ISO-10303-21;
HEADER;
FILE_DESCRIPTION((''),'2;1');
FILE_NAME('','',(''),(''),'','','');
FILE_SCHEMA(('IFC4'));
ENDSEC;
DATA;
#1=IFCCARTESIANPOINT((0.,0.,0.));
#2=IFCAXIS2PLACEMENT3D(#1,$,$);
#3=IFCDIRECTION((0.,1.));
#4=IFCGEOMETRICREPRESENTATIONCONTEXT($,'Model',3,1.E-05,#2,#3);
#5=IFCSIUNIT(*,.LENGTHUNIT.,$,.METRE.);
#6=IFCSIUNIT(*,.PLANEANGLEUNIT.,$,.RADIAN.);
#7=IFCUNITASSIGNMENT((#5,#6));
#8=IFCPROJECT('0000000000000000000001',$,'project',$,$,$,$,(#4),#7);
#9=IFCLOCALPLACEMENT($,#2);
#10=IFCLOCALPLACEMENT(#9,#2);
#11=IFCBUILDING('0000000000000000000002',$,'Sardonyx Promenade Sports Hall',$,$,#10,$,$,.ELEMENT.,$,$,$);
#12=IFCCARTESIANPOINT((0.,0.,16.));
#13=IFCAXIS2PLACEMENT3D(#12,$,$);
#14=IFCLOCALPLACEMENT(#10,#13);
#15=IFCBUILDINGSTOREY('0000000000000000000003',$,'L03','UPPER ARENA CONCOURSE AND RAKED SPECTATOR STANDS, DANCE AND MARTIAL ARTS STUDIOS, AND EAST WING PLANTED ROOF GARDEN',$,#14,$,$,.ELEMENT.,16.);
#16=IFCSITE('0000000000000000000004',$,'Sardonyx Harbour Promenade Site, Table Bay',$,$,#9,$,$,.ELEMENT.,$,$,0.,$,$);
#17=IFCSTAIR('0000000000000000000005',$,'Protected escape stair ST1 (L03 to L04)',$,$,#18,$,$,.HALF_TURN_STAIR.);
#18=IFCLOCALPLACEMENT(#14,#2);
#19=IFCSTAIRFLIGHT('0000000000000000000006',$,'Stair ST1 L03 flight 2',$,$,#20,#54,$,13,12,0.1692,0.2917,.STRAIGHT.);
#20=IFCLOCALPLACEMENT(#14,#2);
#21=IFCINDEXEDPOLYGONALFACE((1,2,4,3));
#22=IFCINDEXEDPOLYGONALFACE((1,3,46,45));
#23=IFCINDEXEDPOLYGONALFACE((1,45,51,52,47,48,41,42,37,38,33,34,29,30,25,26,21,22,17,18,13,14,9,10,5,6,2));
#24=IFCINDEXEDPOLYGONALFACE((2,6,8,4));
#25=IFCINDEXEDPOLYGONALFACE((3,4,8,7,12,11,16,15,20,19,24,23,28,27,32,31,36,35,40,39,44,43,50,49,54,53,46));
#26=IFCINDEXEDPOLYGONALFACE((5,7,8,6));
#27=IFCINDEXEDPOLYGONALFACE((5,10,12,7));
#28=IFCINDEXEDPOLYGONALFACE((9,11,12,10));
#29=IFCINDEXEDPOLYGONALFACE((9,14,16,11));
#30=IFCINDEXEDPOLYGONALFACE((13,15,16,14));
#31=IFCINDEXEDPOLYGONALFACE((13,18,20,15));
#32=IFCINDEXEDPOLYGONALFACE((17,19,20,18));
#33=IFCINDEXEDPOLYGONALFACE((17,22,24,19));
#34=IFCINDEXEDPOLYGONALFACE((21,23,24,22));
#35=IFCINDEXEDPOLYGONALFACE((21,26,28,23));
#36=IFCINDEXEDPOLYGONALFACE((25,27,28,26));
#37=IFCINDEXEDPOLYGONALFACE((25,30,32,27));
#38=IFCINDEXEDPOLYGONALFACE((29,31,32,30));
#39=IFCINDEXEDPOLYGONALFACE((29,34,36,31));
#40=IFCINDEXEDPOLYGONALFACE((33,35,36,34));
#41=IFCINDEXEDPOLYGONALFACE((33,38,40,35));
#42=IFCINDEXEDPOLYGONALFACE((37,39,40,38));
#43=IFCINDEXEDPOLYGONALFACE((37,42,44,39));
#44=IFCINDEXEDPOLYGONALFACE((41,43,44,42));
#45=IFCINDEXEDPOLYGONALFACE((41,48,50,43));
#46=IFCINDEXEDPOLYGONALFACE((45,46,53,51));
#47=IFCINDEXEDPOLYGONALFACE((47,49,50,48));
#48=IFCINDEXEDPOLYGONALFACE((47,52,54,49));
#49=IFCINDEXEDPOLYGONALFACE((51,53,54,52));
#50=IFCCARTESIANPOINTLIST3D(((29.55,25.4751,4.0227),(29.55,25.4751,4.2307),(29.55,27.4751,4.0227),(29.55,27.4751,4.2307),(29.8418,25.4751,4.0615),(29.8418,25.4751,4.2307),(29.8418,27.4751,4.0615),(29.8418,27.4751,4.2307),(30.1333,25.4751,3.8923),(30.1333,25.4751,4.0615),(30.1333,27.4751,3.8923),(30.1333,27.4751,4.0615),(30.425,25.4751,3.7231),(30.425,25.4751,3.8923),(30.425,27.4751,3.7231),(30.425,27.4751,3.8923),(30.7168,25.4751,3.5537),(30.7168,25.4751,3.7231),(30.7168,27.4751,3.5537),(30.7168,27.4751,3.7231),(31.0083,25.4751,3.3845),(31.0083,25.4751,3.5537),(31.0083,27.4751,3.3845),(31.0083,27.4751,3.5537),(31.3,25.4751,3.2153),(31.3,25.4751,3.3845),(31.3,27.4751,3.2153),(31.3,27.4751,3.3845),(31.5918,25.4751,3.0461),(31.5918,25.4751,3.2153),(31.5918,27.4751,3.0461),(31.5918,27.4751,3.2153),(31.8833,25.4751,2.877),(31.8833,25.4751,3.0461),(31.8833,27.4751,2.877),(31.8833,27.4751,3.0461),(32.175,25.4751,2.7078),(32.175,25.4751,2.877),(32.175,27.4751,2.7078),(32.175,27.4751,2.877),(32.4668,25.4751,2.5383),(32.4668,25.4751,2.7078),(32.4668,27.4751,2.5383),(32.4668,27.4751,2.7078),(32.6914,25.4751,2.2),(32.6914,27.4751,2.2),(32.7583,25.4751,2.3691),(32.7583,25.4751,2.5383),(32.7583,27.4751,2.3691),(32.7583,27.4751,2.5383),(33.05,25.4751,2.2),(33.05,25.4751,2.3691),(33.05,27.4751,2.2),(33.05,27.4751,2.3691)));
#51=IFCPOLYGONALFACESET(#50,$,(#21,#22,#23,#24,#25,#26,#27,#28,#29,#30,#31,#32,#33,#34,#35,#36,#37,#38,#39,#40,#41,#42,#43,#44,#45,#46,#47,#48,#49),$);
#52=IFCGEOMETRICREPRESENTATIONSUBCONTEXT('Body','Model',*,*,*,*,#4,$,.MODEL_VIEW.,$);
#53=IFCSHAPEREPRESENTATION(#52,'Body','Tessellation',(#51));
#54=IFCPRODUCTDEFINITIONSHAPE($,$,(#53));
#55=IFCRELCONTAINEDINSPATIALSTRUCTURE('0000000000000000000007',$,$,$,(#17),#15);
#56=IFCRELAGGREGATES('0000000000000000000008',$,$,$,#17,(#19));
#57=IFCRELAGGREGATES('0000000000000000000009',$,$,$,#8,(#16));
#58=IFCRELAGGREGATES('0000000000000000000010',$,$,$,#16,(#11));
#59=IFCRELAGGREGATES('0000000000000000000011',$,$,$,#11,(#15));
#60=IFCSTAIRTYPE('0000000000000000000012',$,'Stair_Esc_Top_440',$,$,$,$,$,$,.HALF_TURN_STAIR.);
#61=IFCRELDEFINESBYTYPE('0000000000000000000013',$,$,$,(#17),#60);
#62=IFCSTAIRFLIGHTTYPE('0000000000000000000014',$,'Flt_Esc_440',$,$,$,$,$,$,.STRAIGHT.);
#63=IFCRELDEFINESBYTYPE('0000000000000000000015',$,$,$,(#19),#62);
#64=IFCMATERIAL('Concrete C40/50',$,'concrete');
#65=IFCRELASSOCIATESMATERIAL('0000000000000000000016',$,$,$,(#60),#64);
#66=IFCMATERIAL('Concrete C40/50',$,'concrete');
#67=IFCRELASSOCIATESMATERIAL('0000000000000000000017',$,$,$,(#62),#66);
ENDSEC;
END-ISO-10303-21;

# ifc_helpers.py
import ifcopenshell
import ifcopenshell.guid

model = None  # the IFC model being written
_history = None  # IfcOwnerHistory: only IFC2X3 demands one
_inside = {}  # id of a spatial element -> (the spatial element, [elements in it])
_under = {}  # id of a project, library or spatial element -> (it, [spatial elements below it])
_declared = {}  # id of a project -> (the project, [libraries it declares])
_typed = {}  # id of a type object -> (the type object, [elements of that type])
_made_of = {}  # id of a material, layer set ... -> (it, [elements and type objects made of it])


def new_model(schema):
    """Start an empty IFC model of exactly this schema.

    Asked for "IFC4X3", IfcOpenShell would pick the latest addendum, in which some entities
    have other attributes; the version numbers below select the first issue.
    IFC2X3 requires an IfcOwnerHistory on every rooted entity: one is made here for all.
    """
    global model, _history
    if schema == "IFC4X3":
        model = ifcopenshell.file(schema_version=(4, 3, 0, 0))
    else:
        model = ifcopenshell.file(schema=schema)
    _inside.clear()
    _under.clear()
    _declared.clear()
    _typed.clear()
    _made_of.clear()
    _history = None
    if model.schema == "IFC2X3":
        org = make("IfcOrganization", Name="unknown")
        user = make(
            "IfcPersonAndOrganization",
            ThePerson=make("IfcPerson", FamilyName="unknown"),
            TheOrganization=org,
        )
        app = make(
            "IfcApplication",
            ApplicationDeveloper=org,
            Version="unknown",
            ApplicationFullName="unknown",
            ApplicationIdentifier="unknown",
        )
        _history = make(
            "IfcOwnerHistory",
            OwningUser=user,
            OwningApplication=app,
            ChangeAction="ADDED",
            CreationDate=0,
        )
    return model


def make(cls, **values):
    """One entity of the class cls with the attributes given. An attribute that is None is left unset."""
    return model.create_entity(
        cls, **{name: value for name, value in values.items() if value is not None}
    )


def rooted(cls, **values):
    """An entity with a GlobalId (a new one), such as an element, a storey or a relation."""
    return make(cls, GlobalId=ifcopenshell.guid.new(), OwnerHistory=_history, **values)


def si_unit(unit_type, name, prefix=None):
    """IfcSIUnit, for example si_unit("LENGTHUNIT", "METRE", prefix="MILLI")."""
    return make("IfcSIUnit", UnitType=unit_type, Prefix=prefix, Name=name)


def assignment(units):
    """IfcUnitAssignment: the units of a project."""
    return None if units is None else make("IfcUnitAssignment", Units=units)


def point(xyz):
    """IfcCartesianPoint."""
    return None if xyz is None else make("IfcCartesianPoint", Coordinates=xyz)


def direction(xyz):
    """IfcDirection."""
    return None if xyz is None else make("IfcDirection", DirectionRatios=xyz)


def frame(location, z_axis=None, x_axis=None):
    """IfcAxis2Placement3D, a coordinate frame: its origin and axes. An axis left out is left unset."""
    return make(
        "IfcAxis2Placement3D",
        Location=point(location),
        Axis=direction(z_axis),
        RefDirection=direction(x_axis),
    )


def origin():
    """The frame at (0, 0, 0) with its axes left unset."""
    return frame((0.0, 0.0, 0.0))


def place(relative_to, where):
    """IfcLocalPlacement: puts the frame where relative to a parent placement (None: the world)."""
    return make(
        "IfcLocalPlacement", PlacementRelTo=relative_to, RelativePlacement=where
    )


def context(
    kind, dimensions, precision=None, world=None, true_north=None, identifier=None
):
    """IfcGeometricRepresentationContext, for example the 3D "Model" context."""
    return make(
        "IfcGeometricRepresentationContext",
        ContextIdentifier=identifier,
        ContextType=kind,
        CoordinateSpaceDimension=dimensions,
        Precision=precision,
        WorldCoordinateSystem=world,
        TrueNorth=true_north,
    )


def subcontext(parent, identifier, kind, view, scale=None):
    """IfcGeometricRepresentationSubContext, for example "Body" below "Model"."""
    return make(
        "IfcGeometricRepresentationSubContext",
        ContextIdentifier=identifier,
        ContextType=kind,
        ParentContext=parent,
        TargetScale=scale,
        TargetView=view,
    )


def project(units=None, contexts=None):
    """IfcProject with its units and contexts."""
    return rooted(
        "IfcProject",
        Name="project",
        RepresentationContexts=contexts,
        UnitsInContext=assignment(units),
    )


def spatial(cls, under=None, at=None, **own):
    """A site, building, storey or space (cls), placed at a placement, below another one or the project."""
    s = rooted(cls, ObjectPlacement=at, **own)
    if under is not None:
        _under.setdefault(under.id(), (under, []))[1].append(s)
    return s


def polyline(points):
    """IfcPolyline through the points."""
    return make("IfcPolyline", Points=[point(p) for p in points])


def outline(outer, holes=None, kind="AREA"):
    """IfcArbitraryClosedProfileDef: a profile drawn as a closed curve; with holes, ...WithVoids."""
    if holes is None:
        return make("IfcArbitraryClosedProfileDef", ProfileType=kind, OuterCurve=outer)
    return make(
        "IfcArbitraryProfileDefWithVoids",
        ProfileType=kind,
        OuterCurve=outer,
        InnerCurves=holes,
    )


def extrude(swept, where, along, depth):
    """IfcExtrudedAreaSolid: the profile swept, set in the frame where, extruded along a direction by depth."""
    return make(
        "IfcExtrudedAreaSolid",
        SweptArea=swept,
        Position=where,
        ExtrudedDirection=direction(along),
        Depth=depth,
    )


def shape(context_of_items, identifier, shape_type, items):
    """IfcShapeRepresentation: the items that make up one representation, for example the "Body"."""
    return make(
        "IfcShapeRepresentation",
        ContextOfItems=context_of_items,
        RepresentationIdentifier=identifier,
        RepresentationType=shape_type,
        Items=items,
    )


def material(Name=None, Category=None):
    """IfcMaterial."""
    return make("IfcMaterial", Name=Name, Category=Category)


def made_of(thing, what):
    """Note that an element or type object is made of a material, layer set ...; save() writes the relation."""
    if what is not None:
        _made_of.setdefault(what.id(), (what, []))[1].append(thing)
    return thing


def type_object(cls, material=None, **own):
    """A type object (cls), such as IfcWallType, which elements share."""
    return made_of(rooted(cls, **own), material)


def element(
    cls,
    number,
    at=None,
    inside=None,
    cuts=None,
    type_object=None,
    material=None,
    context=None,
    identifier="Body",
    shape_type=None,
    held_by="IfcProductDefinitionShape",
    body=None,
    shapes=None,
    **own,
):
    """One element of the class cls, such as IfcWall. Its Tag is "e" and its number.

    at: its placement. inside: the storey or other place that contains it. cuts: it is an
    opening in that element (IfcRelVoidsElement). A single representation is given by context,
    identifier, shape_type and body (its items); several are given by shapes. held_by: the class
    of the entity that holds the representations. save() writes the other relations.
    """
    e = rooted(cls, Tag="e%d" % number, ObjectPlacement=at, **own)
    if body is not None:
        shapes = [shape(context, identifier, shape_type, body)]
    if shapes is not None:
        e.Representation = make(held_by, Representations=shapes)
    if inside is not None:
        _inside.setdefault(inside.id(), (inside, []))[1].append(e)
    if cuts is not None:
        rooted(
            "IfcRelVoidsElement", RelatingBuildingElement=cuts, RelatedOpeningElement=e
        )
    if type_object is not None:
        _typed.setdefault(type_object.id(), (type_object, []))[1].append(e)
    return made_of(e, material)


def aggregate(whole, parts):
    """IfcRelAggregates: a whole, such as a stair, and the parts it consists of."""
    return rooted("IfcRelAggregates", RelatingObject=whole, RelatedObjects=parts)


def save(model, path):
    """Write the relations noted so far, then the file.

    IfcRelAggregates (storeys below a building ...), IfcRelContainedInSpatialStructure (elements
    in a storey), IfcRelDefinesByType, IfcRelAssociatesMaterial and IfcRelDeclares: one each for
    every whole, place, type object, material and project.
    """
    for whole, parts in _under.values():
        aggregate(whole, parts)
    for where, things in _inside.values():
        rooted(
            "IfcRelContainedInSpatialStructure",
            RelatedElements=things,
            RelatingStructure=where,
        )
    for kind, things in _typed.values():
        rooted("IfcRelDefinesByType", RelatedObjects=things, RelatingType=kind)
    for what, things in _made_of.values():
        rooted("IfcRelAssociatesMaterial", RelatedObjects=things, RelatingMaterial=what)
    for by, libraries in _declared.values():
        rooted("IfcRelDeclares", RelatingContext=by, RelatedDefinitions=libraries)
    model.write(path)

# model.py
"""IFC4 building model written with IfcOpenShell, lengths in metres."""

from ifc_helpers import new_model, si_unit, direction, frame, origin, place, context, subcontext, project, spatial, polyline, outline, extrude, material, type_object, element, aggregate, save


model = new_model("IFC4")

# Units and contexts
model_context = context("Model", 3, precision=1e-05, world=origin(), true_north=direction((0.0, 1.0)))
body_context = subcontext(model_context, "Body", "Model", "MODEL_VIEW")
ifc_project = project(units=[si_unit("LENGTHUNIT", "METRE"), si_unit("PLANEANGLEUNIT", "RADIAN")], contexts=[model_context])

# Site, building, storey
site_placement = place(None, origin())
site = spatial("IfcSite", under=ifc_project, at=site_placement, Name="Sardonyx Harbour Promenade Site, Table Bay", CompositionType="ELEMENT", RefElevation=0.0)
building_placement = place(site_placement, origin())
building = spatial("IfcBuilding", under=site, at=building_placement, Name="Sardonyx Promenade Sports Hall", CompositionType="ELEMENT")
storey_placement = place(building_placement, frame((0.0, 0.0, 16.0)))
storey = spatial("IfcBuildingStorey", under=building, at=storey_placement, Name="L03", Description="UPPER ARENA CONCOURSE AND RAKED SPECTATOR STANDS, DANCE AND MARTIAL ARTS STUDIOS, AND EAST WING PLANTED ROOF GARDEN", CompositionType="ELEMENT", Elevation=16.0)

# Stair, stair flight
ifc_material_1 = material(Name="Concrete C40/50", Category="concrete")
stair_type = type_object("IfcStairType", Name="Stair_Esc_Top_440", PredefinedType="HALF_TURN_STAIR", material=ifc_material_1)
stair_placement = place(storey_placement, origin())
stair = element("IfcStair", 1, at=stair_placement, inside=storey, type_object=stair_type, Name="Protected escape stair ST1 (L03 to L04)", PredefinedType="HALF_TURN_STAIR")
ifc_material_2 = material(Name="Concrete C40/50", Category="concrete")
stair_flight_type = type_object("IfcStairFlightType", Name="Flt_Esc_440", PredefinedType="STRAIGHT", material=ifc_material_2)
stair_flight_1_placement = place(storey_placement, frame((33.05, 26.4751, 2.2), z_axis=(0.0, 0.0, 1.0), x_axis=(-1.0, 0.0, 0.0)))
stair_flight_1 = element("IfcStairFlight", 2, at=stair_flight_1_placement, type_object=stair_flight_type, Name="Stair ST1 L03 flight 2", NumberOfRisers=13, NumberOfTreads=12, PredefinedType="STRAIGHT", RiserHeight=0.1692, TreadLength=0.2917, context=body_context, shape_type="SweptSolid", body=[
    extrude(outline(polyline([(0.0, 0.0), (0.0, 0.1692), (0.2917, 0.1692), (0.2917, 0.3384), (0.5833, 0.3384), (0.5833, 0.5078), (0.875, 0.5078), (0.875, 0.677), (1.1667, 0.677), (1.1667, 0.8462), (1.4583, 0.8462), (1.4583, 1.0154), (1.75, 1.0154), (1.75, 1.1846), (2.0417, 1.1846), (2.0417, 1.3538), (2.3333, 1.3538), (2.3333, 1.5232), (2.625, 1.5232), (2.625, 1.6924), (2.9167, 1.6924), (2.9167, 1.8616), (3.2083, 1.8616), (3.2083, 2.0308), (3.5, 2.0308), (3.5, 2.2), (3.5, 1.8228), (0.3586, 0.0), (0.0, 0.0)])), frame((0.0, 1.0, 0.0), z_axis=(0.0, -1.0, 0.0), x_axis=(1.0, 0.0, 0.0)), (0.0, 0.0, 1.0), 2.0),
])
aggregate(stair, [stair_flight_1])

save(model, "model.ifc")
